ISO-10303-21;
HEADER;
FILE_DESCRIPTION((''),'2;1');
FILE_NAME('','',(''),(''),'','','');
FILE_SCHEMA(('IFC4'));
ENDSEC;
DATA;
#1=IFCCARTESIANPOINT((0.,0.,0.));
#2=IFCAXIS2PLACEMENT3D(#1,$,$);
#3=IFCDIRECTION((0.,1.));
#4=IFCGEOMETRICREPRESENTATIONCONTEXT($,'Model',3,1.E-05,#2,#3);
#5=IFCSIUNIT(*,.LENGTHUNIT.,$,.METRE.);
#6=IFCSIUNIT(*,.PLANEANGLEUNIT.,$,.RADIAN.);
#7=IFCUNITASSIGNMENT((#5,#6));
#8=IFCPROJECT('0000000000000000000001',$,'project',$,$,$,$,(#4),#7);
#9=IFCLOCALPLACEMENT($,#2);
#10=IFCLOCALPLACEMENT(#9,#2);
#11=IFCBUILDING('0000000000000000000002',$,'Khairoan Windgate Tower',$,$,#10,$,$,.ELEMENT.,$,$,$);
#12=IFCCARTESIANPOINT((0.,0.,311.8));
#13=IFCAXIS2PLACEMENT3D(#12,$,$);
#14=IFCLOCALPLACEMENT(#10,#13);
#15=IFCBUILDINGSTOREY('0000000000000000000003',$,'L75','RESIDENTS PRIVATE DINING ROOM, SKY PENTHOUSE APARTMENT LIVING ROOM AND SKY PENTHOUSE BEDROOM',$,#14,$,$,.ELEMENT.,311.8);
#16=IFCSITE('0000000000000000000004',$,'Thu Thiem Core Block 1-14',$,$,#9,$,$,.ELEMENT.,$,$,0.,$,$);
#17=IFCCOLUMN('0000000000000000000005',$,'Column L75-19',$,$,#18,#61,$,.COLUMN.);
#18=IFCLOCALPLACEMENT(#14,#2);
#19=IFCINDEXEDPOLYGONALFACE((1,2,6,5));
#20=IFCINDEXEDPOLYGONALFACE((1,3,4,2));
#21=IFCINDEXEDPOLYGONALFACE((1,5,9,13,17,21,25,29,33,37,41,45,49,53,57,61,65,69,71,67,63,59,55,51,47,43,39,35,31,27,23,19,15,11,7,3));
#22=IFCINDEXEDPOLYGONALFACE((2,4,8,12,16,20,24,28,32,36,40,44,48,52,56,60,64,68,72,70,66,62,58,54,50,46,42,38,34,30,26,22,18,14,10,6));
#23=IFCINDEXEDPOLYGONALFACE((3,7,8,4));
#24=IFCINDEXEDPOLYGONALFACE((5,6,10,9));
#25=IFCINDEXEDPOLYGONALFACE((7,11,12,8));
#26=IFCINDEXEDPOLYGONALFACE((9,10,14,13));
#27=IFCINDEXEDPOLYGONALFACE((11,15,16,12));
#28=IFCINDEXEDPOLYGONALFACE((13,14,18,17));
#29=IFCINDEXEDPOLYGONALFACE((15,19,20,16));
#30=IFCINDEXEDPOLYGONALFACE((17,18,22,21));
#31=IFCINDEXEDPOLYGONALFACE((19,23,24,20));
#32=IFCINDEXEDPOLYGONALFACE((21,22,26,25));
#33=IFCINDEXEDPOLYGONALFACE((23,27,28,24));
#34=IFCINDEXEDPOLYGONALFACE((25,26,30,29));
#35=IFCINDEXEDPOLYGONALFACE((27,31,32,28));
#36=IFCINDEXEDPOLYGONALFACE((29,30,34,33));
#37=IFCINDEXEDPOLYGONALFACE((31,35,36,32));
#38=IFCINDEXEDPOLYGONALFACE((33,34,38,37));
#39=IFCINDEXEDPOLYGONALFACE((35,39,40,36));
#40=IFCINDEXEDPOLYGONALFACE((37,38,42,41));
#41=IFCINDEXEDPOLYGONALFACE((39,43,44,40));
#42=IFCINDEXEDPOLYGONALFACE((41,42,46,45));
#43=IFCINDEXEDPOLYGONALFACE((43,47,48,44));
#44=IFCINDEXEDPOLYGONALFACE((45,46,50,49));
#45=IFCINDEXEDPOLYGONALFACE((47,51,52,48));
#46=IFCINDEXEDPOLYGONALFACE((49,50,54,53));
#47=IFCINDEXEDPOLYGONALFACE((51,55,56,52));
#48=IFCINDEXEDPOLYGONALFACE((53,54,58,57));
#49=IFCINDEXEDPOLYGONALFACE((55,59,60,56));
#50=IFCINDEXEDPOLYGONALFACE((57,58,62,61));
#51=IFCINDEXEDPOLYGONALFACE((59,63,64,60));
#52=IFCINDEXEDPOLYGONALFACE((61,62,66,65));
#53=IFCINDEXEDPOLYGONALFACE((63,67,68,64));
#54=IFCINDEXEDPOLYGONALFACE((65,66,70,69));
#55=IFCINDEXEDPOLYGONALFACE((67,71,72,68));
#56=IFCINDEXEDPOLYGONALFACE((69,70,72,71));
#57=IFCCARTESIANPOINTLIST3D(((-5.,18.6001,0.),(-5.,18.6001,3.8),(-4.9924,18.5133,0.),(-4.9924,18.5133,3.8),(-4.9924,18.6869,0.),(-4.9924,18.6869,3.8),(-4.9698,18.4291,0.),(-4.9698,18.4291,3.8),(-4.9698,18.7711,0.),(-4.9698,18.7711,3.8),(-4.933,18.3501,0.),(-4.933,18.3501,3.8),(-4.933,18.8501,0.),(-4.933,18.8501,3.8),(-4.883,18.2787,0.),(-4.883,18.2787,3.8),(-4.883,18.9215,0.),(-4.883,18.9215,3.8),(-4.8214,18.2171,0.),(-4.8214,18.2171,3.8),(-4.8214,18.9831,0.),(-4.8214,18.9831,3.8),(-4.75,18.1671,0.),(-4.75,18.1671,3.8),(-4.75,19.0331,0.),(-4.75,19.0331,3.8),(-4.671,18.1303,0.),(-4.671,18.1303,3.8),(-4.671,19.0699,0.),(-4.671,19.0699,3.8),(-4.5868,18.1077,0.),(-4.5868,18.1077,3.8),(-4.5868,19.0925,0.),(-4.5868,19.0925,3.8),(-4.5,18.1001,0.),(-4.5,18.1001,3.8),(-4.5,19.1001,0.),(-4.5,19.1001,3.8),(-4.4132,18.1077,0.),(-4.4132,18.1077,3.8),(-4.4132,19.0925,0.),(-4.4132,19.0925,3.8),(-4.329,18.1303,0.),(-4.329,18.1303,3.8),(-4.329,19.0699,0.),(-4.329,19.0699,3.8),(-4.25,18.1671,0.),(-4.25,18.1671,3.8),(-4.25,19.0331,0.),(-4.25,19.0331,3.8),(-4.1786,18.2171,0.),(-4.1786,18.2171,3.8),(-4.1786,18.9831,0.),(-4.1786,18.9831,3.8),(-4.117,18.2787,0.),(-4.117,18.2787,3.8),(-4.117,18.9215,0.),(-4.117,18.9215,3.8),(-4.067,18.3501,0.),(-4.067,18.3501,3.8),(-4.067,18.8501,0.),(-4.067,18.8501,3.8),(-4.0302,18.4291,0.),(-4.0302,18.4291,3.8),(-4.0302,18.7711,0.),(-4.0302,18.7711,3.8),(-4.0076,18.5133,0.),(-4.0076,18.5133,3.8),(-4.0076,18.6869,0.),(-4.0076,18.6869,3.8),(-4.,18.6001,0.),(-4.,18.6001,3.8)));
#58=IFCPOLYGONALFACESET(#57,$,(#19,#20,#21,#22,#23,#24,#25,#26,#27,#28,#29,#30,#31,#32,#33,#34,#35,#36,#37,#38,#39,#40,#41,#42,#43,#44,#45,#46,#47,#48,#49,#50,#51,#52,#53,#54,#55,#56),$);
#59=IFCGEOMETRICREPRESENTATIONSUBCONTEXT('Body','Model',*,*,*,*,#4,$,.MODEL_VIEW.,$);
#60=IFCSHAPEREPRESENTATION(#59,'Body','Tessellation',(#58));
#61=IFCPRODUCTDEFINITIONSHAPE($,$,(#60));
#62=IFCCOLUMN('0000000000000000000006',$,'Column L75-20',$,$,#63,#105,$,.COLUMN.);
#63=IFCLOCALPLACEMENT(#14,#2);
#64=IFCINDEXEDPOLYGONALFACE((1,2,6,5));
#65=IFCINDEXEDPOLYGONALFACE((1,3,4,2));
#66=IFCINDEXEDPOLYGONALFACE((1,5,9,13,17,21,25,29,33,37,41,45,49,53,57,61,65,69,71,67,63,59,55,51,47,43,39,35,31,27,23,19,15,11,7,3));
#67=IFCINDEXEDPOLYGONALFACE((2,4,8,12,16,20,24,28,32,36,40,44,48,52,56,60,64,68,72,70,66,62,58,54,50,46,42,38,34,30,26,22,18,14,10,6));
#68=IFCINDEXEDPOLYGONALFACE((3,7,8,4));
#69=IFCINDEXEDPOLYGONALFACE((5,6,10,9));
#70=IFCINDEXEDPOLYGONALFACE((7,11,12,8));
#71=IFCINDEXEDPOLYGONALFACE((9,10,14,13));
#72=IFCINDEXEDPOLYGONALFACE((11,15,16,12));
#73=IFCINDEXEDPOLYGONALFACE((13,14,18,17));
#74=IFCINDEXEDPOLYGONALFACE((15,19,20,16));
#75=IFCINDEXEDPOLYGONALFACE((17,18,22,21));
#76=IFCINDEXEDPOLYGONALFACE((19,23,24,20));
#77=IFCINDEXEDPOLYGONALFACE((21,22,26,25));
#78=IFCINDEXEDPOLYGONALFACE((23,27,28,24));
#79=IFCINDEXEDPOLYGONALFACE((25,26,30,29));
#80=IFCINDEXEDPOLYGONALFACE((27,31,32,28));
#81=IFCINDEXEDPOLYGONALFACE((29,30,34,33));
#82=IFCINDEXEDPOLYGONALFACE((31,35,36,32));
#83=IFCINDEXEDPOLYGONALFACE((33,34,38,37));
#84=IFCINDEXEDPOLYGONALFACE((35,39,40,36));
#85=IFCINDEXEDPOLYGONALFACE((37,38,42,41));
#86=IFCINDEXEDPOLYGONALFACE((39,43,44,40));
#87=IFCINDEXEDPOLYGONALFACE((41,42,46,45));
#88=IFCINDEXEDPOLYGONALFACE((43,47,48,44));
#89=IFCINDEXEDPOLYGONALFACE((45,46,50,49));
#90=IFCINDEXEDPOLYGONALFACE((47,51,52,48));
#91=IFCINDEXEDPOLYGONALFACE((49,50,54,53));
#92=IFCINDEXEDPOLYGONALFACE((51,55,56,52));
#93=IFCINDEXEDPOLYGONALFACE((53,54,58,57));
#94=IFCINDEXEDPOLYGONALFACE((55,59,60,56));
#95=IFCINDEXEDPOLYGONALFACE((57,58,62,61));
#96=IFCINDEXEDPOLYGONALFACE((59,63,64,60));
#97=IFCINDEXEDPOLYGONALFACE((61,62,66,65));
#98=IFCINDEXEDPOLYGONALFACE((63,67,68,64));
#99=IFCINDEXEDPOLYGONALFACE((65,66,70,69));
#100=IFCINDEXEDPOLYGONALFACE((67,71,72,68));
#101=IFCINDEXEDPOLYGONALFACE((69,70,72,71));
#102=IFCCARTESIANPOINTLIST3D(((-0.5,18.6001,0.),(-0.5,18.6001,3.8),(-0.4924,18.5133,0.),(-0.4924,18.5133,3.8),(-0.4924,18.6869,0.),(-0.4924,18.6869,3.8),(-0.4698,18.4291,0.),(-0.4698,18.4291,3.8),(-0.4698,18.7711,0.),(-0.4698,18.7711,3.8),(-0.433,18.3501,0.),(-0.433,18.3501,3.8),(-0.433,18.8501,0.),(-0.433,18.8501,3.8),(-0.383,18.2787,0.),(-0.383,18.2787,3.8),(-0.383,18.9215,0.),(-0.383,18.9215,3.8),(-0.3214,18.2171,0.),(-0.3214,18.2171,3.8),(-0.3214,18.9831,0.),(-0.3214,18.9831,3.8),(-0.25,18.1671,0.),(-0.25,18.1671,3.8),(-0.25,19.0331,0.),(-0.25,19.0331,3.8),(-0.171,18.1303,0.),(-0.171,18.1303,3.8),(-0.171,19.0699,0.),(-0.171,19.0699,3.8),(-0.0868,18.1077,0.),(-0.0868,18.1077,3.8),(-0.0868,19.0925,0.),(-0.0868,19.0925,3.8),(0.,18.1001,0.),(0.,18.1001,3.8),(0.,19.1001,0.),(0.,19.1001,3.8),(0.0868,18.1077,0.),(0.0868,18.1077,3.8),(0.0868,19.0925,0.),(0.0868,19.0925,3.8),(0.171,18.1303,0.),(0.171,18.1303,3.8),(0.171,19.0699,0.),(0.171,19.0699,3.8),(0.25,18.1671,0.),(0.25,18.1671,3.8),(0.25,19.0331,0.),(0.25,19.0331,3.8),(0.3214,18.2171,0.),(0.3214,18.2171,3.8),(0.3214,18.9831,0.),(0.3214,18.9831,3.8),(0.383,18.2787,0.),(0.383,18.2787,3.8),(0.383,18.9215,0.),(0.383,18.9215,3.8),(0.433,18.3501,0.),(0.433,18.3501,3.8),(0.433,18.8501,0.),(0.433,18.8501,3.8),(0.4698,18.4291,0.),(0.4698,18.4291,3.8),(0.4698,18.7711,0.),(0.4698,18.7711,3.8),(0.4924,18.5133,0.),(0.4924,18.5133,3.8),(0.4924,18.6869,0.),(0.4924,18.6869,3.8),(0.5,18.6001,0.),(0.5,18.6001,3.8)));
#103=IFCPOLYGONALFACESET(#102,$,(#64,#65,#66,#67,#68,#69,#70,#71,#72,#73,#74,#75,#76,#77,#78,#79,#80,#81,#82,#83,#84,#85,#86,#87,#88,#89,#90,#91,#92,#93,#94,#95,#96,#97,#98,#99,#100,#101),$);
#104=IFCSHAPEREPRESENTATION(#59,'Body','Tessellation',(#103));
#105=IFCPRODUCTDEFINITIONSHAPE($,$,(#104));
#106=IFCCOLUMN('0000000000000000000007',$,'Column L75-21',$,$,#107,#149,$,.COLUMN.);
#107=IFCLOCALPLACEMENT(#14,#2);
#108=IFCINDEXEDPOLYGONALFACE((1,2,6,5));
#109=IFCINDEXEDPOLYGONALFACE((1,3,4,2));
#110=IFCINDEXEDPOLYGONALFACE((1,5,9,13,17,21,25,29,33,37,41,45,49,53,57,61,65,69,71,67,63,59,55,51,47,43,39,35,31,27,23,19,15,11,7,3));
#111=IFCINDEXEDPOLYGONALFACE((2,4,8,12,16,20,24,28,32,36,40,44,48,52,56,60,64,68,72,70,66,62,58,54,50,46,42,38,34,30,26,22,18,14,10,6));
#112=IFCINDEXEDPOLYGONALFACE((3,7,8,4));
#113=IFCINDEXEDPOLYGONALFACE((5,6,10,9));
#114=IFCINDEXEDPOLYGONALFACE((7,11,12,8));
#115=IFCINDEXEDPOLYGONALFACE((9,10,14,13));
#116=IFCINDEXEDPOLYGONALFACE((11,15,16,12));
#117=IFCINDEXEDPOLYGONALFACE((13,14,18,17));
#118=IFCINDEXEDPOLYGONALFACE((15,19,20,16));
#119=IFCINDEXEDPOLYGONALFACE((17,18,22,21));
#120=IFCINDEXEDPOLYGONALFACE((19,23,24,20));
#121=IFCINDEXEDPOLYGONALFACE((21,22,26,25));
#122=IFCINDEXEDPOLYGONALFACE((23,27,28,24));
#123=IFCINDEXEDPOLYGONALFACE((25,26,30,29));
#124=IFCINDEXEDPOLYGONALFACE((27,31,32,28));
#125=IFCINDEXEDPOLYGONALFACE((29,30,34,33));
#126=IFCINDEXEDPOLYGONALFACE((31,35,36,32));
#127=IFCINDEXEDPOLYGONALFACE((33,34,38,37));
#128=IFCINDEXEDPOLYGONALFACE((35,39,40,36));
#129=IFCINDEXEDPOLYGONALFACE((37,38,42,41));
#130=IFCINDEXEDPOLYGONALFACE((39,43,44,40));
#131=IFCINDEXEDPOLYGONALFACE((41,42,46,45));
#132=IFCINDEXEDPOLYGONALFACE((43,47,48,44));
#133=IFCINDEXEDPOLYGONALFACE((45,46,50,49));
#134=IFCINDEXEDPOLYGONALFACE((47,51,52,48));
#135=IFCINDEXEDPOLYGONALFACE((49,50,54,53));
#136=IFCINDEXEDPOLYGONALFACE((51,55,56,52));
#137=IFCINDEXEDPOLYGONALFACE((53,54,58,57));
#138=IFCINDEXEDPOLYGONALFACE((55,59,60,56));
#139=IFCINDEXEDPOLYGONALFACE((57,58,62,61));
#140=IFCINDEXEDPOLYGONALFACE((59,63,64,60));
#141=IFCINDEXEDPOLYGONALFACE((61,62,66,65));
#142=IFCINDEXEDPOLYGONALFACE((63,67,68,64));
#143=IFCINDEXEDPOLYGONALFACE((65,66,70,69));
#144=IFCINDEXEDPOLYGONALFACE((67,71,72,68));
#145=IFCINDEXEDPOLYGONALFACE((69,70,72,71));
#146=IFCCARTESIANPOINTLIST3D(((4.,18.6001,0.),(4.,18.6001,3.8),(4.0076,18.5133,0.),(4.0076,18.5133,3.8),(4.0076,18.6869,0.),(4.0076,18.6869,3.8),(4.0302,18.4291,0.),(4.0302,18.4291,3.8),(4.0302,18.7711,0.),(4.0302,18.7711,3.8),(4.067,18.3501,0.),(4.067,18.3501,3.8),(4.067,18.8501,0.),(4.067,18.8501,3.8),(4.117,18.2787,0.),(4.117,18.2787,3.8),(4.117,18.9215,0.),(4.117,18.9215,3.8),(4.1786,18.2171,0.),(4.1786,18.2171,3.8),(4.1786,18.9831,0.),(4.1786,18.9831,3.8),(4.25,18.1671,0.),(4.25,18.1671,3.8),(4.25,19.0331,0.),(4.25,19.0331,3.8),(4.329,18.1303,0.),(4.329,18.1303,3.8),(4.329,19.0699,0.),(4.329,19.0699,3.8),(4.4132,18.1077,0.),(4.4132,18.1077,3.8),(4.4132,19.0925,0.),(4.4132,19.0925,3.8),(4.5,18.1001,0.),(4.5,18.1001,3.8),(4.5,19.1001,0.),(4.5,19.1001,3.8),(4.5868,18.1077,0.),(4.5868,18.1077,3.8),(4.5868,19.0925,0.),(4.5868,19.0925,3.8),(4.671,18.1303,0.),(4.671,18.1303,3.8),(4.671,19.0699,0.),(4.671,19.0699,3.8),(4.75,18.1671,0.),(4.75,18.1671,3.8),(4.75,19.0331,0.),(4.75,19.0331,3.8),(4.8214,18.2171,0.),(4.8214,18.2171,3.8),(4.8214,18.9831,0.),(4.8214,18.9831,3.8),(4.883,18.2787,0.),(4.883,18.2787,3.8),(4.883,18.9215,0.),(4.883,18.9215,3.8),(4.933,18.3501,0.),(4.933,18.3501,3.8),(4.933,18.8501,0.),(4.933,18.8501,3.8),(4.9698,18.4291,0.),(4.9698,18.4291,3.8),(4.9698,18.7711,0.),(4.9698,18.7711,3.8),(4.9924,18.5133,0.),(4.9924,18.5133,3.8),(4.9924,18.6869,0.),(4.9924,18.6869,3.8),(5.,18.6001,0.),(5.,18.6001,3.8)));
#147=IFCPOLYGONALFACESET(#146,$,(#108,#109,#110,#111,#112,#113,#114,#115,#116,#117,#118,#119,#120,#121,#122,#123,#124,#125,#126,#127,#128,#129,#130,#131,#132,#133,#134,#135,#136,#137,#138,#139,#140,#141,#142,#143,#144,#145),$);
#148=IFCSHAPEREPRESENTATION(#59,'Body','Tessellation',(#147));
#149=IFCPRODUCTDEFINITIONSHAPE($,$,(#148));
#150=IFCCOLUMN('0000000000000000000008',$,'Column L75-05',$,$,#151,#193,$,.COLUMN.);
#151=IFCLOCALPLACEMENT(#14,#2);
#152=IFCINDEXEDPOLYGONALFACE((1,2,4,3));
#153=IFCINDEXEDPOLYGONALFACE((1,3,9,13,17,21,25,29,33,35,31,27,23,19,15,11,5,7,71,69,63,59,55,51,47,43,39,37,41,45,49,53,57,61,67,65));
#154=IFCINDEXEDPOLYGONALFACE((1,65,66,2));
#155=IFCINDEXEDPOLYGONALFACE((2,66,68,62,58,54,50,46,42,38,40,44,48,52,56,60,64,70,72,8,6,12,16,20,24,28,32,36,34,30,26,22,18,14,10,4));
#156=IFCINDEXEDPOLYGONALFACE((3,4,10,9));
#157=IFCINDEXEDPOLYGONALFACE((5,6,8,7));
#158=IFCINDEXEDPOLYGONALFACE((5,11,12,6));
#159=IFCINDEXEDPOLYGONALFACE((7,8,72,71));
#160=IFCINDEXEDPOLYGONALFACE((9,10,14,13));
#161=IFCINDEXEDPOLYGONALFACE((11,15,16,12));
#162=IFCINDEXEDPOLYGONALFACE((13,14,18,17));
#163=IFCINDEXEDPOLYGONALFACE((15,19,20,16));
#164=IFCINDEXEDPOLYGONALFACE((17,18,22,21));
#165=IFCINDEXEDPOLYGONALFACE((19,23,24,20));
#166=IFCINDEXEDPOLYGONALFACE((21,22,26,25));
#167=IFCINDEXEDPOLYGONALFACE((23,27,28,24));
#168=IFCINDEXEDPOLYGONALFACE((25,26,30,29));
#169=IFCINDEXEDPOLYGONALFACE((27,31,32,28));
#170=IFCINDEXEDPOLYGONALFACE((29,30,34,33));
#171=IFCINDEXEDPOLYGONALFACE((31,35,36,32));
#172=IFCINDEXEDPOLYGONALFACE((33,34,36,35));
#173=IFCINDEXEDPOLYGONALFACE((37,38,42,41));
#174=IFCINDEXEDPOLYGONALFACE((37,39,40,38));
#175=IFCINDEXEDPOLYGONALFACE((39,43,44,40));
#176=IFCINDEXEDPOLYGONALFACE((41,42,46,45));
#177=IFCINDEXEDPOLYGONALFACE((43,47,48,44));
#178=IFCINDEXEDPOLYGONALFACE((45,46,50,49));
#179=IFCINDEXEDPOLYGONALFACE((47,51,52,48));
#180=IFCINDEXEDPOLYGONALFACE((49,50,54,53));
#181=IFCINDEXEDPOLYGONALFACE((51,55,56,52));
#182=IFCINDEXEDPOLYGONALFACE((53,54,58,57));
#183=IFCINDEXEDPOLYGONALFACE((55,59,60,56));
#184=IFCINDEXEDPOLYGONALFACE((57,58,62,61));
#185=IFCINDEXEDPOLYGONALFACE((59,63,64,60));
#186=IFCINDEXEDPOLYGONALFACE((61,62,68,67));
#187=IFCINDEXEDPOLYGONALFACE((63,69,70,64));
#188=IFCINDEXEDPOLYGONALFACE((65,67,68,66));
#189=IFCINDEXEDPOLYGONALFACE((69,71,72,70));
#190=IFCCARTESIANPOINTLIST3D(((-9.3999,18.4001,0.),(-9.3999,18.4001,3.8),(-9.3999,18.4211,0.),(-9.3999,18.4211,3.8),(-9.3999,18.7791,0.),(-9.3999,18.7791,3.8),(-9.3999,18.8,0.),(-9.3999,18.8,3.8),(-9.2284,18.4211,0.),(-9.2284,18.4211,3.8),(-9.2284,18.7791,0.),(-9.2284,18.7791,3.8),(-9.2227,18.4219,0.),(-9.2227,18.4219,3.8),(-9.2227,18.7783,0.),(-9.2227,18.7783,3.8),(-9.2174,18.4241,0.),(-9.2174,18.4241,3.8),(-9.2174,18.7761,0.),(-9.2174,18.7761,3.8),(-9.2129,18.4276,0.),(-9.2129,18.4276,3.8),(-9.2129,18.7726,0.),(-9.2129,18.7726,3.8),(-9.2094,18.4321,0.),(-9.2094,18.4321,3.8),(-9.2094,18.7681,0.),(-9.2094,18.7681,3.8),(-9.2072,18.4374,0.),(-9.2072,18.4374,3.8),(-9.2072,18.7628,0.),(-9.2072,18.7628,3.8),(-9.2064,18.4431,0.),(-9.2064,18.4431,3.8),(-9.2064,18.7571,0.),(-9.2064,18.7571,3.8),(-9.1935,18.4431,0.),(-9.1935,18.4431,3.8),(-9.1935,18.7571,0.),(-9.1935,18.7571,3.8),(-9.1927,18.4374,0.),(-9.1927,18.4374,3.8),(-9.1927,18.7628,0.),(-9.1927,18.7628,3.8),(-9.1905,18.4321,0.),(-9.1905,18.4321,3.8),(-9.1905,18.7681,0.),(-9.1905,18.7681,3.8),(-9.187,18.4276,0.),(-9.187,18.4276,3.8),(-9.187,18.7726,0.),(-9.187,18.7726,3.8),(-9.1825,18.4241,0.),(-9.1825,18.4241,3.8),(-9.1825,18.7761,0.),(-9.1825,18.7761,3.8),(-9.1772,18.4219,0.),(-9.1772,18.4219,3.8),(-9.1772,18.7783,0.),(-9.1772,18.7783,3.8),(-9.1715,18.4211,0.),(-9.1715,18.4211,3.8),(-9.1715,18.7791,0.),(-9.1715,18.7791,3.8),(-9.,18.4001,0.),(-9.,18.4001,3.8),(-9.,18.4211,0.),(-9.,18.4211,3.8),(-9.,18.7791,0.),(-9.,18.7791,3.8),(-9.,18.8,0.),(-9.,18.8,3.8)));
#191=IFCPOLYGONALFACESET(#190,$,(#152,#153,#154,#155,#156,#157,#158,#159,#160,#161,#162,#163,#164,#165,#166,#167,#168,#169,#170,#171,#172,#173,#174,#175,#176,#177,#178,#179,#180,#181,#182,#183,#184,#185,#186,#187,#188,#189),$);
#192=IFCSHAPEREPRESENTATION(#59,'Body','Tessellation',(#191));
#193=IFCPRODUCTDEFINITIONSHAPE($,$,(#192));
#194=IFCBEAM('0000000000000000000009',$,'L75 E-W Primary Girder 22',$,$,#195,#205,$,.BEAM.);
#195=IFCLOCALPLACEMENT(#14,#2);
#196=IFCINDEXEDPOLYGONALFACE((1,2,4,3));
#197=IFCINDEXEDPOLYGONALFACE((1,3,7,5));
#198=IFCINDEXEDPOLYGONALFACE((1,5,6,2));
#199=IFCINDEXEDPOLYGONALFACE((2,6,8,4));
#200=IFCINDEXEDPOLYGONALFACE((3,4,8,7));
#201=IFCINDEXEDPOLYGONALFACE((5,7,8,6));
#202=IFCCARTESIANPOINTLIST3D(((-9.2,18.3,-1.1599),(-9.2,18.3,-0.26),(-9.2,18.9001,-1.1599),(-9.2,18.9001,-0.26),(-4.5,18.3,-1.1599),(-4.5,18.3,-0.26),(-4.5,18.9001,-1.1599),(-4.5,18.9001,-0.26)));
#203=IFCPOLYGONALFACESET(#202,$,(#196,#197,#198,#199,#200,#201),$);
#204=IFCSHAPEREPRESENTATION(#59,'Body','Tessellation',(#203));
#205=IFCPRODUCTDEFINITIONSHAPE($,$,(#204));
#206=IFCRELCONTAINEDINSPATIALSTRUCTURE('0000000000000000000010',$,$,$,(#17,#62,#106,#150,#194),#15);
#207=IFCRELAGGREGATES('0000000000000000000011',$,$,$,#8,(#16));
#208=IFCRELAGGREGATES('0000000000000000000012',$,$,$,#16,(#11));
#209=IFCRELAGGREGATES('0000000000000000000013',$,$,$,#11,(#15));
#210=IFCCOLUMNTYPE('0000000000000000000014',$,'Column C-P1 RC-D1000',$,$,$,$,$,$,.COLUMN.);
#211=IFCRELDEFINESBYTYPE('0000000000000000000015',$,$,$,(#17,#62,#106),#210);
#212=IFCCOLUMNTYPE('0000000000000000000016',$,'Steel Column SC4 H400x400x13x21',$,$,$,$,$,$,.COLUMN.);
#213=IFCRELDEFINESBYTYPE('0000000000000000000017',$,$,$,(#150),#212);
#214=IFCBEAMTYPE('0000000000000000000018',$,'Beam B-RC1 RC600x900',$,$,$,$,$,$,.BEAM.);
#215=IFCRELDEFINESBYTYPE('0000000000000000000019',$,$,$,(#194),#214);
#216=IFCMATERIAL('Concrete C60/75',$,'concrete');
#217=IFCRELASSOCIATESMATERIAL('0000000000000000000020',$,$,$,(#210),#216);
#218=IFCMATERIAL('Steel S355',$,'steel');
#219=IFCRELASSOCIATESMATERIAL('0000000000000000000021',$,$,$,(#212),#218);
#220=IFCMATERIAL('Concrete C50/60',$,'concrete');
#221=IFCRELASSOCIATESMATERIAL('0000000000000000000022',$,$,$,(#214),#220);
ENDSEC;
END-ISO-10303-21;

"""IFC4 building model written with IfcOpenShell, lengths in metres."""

from ifc_helpers import new_model, si_unit, direction, frame, origin, origin_2d, place, context, subcontext, project, spatial, rectangle, circle, i_section, extrude, material, material_profile, profile_set, type_object, element, save


model = new_model("IFC4")

# Units and contexts
model_context = context("Model", 3, precision=1e-05, world=origin(), true_north=direction((0.0, 1.0)))
body_context = subcontext(model_context, "Body", "Model", "MODEL_VIEW")
ifc_project = project(units=[si_unit("LENGTHUNIT", "METRE"), si_unit("PLANEANGLEUNIT", "RADIAN")], contexts=[model_context])

# Site, building, storey
site_placement = place(None, origin())
site = spatial("IfcSite", under=ifc_project, at=site_placement, Name="Thu Thiem Core Block 1-14", CompositionType="ELEMENT", RefElevation=0.0)
building_placement = place(site_placement, origin())
building = spatial("IfcBuilding", under=site, at=building_placement, Name="Khairoan Windgate Tower", CompositionType="ELEMENT")
storey_placement = place(building_placement, frame((0.0, 0.0, 311.8)))
storey = spatial("IfcBuildingStorey", under=building, at=storey_placement, Name="L75", Description="RESIDENTS PRIVATE DINING ROOM, SKY PENTHOUSE APARTMENT LIVING ROOM AND SKY PENTHOUSE BEDROOM", CompositionType="ELEMENT", Elevation=311.8)

# Columns
ifc_material_1 = material(Name="Concrete C60/75", Category="concrete")
ifc_material_profile_1 = material_profile(ifc_material_1, circle(Radius=0.5, at=origin_2d()))
ifc_profile_set_1 = profile_set([ifc_material_profile_1], Name="Concrete C60/75")
column_type_1 = type_object("IfcColumnType", Name="Column C-P1 RC-D1000", PredefinedType="COLUMN", material=ifc_profile_set_1)
for number, where, z_axis, x_axis, name in (
    (1, (-4.5, 18.6001, 0.0), (0.0, 0.0, 1.0), (1.0, 0.0, 0.0), "Column L75-19"),
    (2, (0.0, 18.6001, 0.0), (0.0, 0.0, 1.0), (1.0, 0.0, 0.0), "Column L75-20"),
    (3, (4.5, 18.6001, 0.0), (0.0, 0.0, 1.0), (1.0, 0.0, 0.0), "Column L75-21"),
):
    element("IfcColumn", number, at=place(storey_placement, frame(where, z_axis=z_axis, x_axis=x_axis)), inside=storey, type_object=column_type_1, Name=name, PredefinedType="COLUMN", context=body_context, shape_type="SweptSolid", body=[
        extrude(circle(Radius=0.5, at=origin_2d()), origin(), (0.0, 0.0, 1.0), 3.8),
    ])
ifc_material_2 = material(Name="Steel S355", Category="steel")
ifc_material_profile_2 = material_profile(ifc_material_2, i_section(OverallWidth=0.3999, OverallDepth=0.3999, WebThickness=0.0129, FlangeThickness=0.021, FilletRadius=0.022, at=origin_2d()))
ifc_profile_set_2 = profile_set([ifc_material_profile_2], Name="Steel S355")
column_type_2 = type_object("IfcColumnType", Name="Steel Column SC4 H400x400x13x21", PredefinedType="COLUMN", material=ifc_profile_set_2)
column_placement = place(storey_placement, frame((-9.2, 18.6001, 0.0), z_axis=(0.0, 0.0, 1.0), x_axis=(1.0, 0.0, 0.0)))
element("IfcColumn", 4, at=column_placement, inside=storey, type_object=column_type_2, Name="Column L75-05", PredefinedType="COLUMN", context=body_context, shape_type="SweptSolid", body=[
    extrude(i_section(OverallWidth=0.3999, OverallDepth=0.3999, WebThickness=0.0129, FlangeThickness=0.021, FilletRadius=0.022, at=origin_2d()), origin(), (0.0, 0.0, 1.0), 3.8),
])

# Beam
ifc_material_3 = material(Name="Concrete C50/60", Category="concrete")
ifc_material_profile_3 = material_profile(ifc_material_3, rectangle(XDim=0.6001, YDim=0.8999, at=origin_2d()))
ifc_profile_set_3 = profile_set([ifc_material_profile_3], Name="Concrete C50/60")
beam_type = type_object("IfcBeamType", Name="Beam B-RC1 RC600x900", PredefinedType="BEAM", material=ifc_profile_set_3)
beam_1_placement = place(storey_placement, frame((-9.2, 18.6001, -0.71), z_axis=(1.0, 0.0, 0.0), x_axis=(0.0, 1.0, 0.0)))
element("IfcBeam", 5, at=beam_1_placement, inside=storey, type_object=beam_type, Name="L75 E-W Primary Girder 22", PredefinedType="BEAM", context=body_context, shape_type="SweptSolid", body=[
    extrude(rectangle(XDim=0.6001, YDim=0.8999, at=origin_2d()), origin(), (0.0, 0.0, 1.0), 4.7),
])

save(model, "model.ifc")
